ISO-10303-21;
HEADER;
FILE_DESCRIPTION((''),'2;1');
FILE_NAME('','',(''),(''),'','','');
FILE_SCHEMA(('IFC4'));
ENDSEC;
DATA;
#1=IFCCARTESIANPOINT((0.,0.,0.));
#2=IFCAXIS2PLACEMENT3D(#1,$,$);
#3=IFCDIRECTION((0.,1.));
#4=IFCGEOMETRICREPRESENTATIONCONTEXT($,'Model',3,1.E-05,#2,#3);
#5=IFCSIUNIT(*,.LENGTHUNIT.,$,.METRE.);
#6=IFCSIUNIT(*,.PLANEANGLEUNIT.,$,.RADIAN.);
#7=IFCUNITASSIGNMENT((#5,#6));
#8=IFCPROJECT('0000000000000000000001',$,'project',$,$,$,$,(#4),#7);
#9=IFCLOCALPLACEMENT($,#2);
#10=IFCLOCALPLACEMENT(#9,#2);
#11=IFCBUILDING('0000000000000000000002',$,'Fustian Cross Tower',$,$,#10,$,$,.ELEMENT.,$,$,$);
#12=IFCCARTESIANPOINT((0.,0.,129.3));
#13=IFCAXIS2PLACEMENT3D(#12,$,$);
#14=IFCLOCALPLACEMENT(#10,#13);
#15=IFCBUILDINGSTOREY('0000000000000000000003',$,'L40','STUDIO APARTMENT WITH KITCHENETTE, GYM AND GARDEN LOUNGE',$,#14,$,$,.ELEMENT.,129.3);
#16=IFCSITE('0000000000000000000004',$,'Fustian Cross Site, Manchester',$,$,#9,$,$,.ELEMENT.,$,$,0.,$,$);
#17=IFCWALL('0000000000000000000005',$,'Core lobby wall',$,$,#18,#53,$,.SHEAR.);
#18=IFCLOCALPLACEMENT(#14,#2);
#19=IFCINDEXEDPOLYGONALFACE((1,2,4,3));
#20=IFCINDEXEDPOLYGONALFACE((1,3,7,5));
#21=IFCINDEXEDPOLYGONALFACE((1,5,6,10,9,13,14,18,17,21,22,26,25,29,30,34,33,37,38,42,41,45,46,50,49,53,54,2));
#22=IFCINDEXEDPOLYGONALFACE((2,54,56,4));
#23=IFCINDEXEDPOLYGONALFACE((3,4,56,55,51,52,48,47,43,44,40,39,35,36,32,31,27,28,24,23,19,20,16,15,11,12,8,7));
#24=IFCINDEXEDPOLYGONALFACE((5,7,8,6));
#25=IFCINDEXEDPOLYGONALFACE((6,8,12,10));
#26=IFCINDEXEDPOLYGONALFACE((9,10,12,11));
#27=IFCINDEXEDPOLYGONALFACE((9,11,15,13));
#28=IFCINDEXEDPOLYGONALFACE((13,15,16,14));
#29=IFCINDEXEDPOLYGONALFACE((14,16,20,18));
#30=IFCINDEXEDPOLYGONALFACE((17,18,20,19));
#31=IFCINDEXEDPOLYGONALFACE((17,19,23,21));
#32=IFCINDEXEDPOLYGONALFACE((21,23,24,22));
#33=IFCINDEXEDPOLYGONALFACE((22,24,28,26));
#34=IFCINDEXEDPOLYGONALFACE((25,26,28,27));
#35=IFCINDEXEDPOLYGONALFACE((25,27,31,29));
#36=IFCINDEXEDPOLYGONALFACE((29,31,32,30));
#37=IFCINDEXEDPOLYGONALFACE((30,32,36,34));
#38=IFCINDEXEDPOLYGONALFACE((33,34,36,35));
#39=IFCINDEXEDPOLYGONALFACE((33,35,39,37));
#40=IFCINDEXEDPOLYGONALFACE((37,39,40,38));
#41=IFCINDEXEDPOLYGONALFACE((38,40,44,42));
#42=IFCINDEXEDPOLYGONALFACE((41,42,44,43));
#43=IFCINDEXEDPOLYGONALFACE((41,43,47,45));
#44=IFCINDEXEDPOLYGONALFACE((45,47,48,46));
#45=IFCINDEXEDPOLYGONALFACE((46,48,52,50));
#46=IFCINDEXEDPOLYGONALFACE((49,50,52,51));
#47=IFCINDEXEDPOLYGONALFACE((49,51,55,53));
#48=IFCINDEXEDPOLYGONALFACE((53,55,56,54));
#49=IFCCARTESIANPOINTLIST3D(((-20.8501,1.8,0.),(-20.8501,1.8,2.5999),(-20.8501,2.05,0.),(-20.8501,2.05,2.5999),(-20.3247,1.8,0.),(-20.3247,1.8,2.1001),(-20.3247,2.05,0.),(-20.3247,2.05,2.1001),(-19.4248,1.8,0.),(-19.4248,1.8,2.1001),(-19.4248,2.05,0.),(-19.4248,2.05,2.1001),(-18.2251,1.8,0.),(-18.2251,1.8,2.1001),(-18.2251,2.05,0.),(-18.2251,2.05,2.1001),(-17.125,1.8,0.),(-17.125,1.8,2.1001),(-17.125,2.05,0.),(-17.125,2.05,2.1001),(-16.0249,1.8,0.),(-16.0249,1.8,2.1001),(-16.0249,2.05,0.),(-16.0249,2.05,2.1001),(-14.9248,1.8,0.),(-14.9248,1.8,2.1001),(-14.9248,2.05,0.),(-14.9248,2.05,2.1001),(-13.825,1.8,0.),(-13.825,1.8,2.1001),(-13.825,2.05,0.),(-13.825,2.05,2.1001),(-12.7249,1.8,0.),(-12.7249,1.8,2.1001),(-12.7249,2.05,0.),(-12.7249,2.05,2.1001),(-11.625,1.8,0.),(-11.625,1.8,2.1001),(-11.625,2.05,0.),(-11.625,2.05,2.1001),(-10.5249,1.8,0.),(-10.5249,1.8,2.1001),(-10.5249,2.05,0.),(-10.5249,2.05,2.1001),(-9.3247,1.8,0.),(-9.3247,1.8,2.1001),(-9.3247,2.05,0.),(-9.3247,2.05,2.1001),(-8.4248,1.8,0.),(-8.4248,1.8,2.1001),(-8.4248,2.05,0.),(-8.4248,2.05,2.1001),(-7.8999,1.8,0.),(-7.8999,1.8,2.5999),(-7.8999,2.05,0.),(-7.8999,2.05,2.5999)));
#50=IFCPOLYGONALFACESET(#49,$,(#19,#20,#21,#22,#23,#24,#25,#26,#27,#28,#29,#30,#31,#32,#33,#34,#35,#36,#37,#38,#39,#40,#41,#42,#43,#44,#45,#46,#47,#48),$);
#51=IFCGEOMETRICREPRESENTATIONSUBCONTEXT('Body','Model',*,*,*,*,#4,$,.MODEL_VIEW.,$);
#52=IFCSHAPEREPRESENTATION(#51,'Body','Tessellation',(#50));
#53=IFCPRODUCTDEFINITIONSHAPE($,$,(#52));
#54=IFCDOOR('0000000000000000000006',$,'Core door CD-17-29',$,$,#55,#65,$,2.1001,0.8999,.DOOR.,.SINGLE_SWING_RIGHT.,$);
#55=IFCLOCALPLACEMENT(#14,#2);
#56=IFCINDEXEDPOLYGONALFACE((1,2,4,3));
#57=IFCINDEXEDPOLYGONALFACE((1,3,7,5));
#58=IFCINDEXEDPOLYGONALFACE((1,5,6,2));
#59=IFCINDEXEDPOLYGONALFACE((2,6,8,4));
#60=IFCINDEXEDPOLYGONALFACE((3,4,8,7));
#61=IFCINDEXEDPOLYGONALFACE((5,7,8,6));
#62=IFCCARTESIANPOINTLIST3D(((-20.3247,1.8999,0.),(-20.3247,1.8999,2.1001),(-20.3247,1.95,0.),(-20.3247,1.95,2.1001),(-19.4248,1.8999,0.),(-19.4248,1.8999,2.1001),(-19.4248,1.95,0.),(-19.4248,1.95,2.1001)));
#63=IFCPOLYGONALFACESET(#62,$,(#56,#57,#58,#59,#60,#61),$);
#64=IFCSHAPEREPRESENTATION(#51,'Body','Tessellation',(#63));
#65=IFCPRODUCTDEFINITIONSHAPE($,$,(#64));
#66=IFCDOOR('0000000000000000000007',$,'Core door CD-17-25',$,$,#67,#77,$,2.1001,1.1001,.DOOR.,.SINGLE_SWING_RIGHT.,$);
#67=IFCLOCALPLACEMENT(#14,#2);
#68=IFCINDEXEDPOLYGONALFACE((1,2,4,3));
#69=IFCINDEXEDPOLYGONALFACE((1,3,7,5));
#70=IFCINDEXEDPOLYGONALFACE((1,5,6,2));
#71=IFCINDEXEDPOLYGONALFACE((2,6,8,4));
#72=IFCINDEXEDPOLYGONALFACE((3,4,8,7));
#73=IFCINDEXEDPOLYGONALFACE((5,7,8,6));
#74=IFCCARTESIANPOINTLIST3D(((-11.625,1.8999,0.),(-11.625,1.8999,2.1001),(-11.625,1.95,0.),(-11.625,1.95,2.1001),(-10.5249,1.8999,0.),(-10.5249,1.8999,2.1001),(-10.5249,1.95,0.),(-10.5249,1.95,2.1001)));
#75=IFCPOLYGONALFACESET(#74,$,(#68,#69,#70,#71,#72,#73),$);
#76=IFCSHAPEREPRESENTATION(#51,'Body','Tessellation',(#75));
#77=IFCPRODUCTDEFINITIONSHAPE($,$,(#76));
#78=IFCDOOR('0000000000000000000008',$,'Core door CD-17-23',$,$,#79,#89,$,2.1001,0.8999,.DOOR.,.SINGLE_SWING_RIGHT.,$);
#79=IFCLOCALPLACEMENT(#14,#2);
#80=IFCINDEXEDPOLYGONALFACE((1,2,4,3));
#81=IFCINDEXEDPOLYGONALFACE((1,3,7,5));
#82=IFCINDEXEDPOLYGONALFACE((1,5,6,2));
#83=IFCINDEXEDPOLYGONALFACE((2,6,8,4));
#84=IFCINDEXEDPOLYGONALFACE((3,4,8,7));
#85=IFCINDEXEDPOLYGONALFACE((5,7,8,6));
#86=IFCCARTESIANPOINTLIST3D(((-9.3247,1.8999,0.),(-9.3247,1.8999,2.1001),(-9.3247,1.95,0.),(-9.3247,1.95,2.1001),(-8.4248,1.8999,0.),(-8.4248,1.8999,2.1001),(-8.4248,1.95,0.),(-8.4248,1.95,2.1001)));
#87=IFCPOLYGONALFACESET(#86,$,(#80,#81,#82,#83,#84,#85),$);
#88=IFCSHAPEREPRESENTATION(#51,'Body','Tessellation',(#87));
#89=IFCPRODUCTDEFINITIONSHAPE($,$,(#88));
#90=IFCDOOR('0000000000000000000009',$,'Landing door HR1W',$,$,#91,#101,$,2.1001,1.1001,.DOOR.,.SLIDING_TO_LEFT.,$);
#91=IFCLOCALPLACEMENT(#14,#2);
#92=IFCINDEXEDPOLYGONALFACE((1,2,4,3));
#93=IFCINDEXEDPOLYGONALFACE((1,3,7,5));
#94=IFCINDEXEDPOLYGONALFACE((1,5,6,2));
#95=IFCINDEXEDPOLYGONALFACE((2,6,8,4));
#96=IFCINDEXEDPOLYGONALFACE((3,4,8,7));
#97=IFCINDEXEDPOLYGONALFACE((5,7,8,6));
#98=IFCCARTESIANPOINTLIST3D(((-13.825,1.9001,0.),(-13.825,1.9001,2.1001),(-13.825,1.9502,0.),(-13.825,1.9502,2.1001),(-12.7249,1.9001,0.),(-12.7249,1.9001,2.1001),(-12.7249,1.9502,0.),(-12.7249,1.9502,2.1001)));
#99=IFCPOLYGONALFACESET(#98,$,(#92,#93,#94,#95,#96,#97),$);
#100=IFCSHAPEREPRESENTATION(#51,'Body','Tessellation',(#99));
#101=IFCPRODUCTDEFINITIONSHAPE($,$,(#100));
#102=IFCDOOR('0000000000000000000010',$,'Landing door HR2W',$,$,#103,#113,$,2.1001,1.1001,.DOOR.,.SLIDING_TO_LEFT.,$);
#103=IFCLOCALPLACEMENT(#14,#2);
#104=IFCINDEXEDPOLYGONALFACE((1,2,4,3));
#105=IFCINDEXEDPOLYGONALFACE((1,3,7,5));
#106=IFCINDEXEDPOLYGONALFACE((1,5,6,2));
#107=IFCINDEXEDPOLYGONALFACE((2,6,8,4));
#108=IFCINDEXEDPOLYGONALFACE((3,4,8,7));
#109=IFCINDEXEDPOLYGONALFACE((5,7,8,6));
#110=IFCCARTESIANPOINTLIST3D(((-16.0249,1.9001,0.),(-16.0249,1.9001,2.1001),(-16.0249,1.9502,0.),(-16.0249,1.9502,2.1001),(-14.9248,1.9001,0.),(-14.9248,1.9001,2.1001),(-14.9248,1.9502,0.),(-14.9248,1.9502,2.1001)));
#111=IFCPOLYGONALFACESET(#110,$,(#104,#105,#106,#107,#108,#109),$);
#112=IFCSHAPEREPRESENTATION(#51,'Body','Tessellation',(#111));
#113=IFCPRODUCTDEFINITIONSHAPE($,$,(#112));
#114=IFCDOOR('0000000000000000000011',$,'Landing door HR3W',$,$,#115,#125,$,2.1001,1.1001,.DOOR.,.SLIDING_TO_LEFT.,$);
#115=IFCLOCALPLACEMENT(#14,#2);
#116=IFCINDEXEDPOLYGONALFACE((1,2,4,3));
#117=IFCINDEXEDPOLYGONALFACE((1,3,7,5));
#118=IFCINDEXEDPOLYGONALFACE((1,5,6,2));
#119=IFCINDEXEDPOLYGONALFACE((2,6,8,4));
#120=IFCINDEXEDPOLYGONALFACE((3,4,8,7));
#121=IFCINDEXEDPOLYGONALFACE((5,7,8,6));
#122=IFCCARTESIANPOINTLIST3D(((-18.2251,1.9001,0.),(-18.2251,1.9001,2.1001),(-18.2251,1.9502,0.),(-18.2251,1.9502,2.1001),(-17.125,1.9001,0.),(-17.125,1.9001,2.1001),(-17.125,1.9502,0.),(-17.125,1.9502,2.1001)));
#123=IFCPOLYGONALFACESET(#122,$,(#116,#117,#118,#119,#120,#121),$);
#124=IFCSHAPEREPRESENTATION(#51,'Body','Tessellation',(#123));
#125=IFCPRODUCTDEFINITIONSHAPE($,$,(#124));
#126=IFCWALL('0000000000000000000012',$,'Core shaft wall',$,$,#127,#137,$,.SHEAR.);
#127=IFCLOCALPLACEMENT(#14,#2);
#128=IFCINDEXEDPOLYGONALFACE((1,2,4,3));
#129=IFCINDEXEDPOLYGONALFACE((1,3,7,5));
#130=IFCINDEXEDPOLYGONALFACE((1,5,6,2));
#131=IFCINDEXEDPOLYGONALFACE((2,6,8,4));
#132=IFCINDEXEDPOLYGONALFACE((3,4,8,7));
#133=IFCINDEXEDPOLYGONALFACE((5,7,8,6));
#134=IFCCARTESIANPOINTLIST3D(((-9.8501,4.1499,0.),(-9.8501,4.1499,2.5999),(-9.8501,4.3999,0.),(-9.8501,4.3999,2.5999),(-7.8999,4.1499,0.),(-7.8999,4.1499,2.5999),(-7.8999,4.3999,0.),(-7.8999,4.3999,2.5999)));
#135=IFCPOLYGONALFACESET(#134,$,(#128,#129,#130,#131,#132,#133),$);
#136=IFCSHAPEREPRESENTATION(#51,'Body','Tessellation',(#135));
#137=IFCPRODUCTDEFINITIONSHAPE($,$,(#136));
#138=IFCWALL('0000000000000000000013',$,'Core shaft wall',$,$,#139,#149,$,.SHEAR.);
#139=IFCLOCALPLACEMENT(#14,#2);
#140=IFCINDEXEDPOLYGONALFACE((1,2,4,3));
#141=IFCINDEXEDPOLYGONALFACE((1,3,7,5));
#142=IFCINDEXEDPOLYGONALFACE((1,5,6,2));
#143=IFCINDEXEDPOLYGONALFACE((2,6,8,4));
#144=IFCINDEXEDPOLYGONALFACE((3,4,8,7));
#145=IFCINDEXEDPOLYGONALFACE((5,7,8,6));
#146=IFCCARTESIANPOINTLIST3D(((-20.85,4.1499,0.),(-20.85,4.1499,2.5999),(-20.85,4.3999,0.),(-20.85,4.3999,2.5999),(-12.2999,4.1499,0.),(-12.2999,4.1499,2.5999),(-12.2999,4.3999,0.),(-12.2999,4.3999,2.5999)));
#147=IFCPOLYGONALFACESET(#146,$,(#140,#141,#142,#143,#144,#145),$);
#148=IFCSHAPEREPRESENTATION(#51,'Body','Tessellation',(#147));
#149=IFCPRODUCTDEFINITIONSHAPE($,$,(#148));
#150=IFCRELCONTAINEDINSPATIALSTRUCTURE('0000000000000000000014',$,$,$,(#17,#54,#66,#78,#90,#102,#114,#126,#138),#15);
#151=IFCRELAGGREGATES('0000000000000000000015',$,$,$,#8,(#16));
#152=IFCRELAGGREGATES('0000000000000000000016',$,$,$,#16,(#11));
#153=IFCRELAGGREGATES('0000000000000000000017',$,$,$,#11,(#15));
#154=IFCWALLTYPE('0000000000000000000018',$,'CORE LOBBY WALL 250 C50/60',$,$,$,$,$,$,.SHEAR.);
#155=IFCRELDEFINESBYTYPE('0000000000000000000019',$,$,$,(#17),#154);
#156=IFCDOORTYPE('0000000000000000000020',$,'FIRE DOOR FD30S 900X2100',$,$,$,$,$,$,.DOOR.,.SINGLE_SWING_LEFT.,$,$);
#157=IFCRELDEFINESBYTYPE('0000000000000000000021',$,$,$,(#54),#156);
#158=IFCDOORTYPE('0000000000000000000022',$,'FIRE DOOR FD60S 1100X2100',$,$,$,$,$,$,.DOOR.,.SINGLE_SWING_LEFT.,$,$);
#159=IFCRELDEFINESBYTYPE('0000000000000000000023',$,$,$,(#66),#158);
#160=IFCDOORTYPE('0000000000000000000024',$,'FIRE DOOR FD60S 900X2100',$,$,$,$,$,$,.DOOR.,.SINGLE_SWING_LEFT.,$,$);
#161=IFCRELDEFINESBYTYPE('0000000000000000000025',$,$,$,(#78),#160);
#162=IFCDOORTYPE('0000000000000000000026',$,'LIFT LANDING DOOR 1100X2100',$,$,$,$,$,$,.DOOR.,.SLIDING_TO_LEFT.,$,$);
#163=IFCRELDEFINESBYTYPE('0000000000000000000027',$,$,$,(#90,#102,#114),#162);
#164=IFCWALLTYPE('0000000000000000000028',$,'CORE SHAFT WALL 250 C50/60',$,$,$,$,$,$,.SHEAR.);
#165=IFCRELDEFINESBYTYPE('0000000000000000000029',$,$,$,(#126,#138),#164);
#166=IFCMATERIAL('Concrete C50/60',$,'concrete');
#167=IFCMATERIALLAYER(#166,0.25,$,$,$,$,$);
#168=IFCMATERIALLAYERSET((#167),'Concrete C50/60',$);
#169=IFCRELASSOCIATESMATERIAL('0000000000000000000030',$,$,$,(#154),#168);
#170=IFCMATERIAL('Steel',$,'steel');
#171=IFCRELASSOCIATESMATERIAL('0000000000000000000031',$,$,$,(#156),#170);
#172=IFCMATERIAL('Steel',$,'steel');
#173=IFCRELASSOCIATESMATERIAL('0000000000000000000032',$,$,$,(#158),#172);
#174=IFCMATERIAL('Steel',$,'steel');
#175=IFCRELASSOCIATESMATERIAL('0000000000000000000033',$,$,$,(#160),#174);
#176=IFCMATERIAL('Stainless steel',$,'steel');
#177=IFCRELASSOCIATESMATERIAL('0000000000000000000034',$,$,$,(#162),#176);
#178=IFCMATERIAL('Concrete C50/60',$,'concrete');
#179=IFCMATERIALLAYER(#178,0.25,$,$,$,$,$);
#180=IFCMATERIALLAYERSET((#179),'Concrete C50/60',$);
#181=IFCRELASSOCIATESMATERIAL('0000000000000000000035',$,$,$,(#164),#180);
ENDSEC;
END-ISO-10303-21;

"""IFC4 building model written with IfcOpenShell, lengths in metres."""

from ifc_helpers import new_model, si_unit, direction, frame, frame_2d, origin, place, context, subcontext, project, spatial, rectangle, extrude, material, layer, layer_set, type_object, element, fill, save


model = new_model("IFC4")

# Units and contexts
model_context = context("Model", 3, precision=1e-05, world=origin(), true_north=direction((0.0, 1.0)))
body_context = subcontext(model_context, "Body", "Model", "MODEL_VIEW")
ifc_project = project(units=[si_unit("LENGTHUNIT", "METRE"), si_unit("PLANEANGLEUNIT", "RADIAN")], contexts=[model_context])

# Site, building, storey
site_placement = place(None, origin())
site = spatial("IfcSite", under=ifc_project, at=site_placement, Name="Fustian Cross Site, Manchester", CompositionType="ELEMENT", RefElevation=0.0)
building_placement = place(site_placement, origin())
building = spatial("IfcBuilding", under=site, at=building_placement, Name="Fustian Cross Tower", CompositionType="ELEMENT")
storey_placement = place(building_placement, frame((0.0, 0.0, 129.3)))
storey = spatial("IfcBuildingStorey", under=building, at=storey_placement, Name="L40", Description="STUDIO APARTMENT WITH KITCHENETTE, GYM AND GARDEN LOUNGE", CompositionType="ELEMENT", Elevation=129.3)

# Wall, openings, doors
ifc_material_1 = material(Name="Concrete C50/60", Category="concrete")
ifc_layer_1 = layer(ifc_material_1, 0.25)
ifc_layer_set_1 = layer_set([ifc_layer_1], Name="Concrete C50/60")
wall_type_1 = type_object("IfcWallType", Name="CORE LOBBY WALL 250 C50/60", PredefinedType="SHEAR", material=ifc_layer_set_1)
wall_1_placement = place(storey_placement, frame((-7.8999, 1.925, 0.0), z_axis=(0.0, 0.0, 1.0), x_axis=(-1.0, 0.0, 0.0)))
wall_1 = element("IfcWall", 1, at=wall_1_placement, inside=storey, type_object=wall_type_1, Name="Core lobby wall", PredefinedType="SHEAR", context=body_context, shape_type="SweptSolid", body=[
    extrude(rectangle(XDim=12.9502, YDim=0.25, at=frame_2d((6.4751, 0.0))), origin(), (0.0, 0.0, 1.0), 2.5999),
])
opening_1_placement = place(wall_1_placement, frame((4.825, 0.0, 0.0)))
opening_1 = element("IfcOpeningElement", 2, at=opening_1_placement, cuts=wall_1, PredefinedType="OPENING", context=body_context, shape_type="SweptSolid", body=[
    extrude(rectangle(XDim=1.1001, YDim=2.1001, at=frame_2d((0.55, 1.05))), frame((0.0, 0.135, 0.0), z_axis=(0.0, -1.0, 0.0), x_axis=(1.0, 0.0, 0.0)), (0.0, 0.0, 1.0), 0.27),
])
opening_2_placement = place(wall_1_placement, frame((7.0249, 0.0, 0.0)))
opening_2 = element("IfcOpeningElement", 3, at=opening_2_placement, cuts=wall_1, PredefinedType="OPENING", context=body_context, shape_type="SweptSolid", body=[
    extrude(rectangle(XDim=1.1001, YDim=2.1001, at=frame_2d((0.55, 1.05))), frame((0.0, 0.135, 0.0), z_axis=(0.0, -1.0, 0.0), x_axis=(1.0, 0.0, 0.0)), (0.0, 0.0, 1.0), 0.27),
])
opening_3_placement = place(wall_1_placement, frame((9.2251, 0.0, 0.0)))
opening_3 = element("IfcOpeningElement", 4, at=opening_3_placement, cuts=wall_1, PredefinedType="OPENING", context=body_context, shape_type="SweptSolid", body=[
    extrude(rectangle(XDim=1.1001, YDim=2.1001, at=frame_2d((0.55, 1.05))), frame((0.0, 0.135, 0.0), z_axis=(0.0, -1.0, 0.0), x_axis=(1.0, 0.0, 0.0)), (0.0, 0.0, 1.0), 0.27),
])
opening_4_placement = place(wall_1_placement, frame((0.5249, 0.0, 0.0)))
opening_4 = element("IfcOpeningElement", 5, at=opening_4_placement, cuts=wall_1, PredefinedType="OPENING", context=body_context, shape_type="SweptSolid", body=[
    extrude(rectangle(XDim=0.8999, YDim=2.1001, at=frame_2d((0.45, 1.05))), frame((0.0, 0.135, 0.0), z_axis=(0.0, -1.0, 0.0), x_axis=(1.0, 0.0, 0.0)), (0.0, 0.0, 1.0), 0.27),
])
opening_5_placement = place(wall_1_placement, frame((2.625, 0.0, 0.0)))
opening_5 = element("IfcOpeningElement", 6, at=opening_5_placement, cuts=wall_1, PredefinedType="OPENING", context=body_context, shape_type="SweptSolid", body=[
    extrude(rectangle(XDim=1.1001, YDim=2.1001, at=frame_2d((0.55, 1.05))), frame((0.0, 0.135, 0.0), z_axis=(0.0, -1.0, 0.0), x_axis=(1.0, 0.0, 0.0)), (0.0, 0.0, 1.0), 0.27),
])
opening_6_placement = place(wall_1_placement, frame((11.5249, 0.0, 0.0)))
opening_6 = element("IfcOpeningElement", 7, at=opening_6_placement, cuts=wall_1, PredefinedType="OPENING", context=body_context, shape_type="SweptSolid", body=[
    extrude(rectangle(XDim=0.8999, YDim=2.1001, at=frame_2d((0.45, 1.05))), frame((0.0, 0.135, 0.0), z_axis=(0.0, -1.0, 0.0), x_axis=(1.0, 0.0, 0.0)), (0.0, 0.0, 1.0), 0.27),
])
ifc_material_2 = material(Name="Steel", Category="steel")
door_type_1 = type_object("IfcDoorType", Name="FIRE DOOR FD30S 900X2100", OperationType="SINGLE_SWING_LEFT", PredefinedType="DOOR", material=ifc_material_2)
door_1_placement = place(opening_6_placement, frame((0.8999, 0.0, 0.0), z_axis=(0.0, 0.0, 1.0), x_axis=(-1.0, 0.0, 0.0)))
door_1 = element("IfcDoor", 8, at=door_1_placement, inside=storey, type_object=door_type_1, Name="Core door CD-17-29", OperationType="SINGLE_SWING_RIGHT", OverallHeight=2.1001, OverallWidth=0.8999, PredefinedType="DOOR", context=body_context, shape_type="SweptSolid", body=[
    extrude(rectangle(XDim=0.8999, YDim=2.1001, at=frame_2d((0.45, 1.05))), frame((0.0, 0.0249, 0.0), z_axis=(0.0, -1.0, 0.0), x_axis=(1.0, 0.0, 0.0)), (0.0, 0.0, 1.0), 0.05),
])
fill(opening_6, door_1)
ifc_material_3 = material(Name="Steel", Category="steel")
door_type_2 = type_object("IfcDoorType", Name="FIRE DOOR FD60S 1100X2100", OperationType="SINGLE_SWING_LEFT", PredefinedType="DOOR", material=ifc_material_3)
door_2_placement = place(opening_5_placement, frame((1.1001, 0.0, 0.0), z_axis=(0.0, 0.0, 1.0), x_axis=(-1.0, 0.0, 0.0)))
door_2 = element("IfcDoor", 9, at=door_2_placement, inside=storey, type_object=door_type_2, Name="Core door CD-17-25", OperationType="SINGLE_SWING_RIGHT", OverallHeight=2.1001, OverallWidth=1.1001, PredefinedType="DOOR", context=body_context, shape_type="SweptSolid", body=[
    extrude(rectangle(XDim=1.1001, YDim=2.1001, at=frame_2d((0.55, 1.05))), frame((0.0, 0.0249, 0.0), z_axis=(0.0, -1.0, 0.0), x_axis=(1.0, 0.0, 0.0)), (0.0, 0.0, 1.0), 0.05),
])
fill(opening_5, door_2)
ifc_material_4 = material(Name="Steel", Category="steel")
door_type_3 = type_object("IfcDoorType", Name="FIRE DOOR FD60S 900X2100", OperationType="SINGLE_SWING_LEFT", PredefinedType="DOOR", material=ifc_material_4)
door_3_placement = place(opening_4_placement, frame((0.8999, 0.0, 0.0), z_axis=(0.0, 0.0, 1.0), x_axis=(-1.0, 0.0, 0.0)))
door_3 = element("IfcDoor", 10, at=door_3_placement, inside=storey, type_object=door_type_3, Name="Core door CD-17-23", OperationType="SINGLE_SWING_RIGHT", OverallHeight=2.1001, OverallWidth=0.8999, PredefinedType="DOOR", context=body_context, shape_type="SweptSolid", body=[
    extrude(rectangle(XDim=0.8999, YDim=2.1001, at=frame_2d((0.45, 1.05))), frame((0.0, 0.0249, 0.0), z_axis=(0.0, -1.0, 0.0), x_axis=(1.0, 0.0, 0.0)), (0.0, 0.0, 1.0), 0.05),
])
fill(opening_4, door_3)
ifc_material_5 = material(Name="Stainless steel", Category="steel")
door_type_4 = type_object("IfcDoorType", Name="LIFT LANDING DOOR 1100X2100", OperationType="SLIDING_TO_LEFT", PredefinedType="DOOR", material=ifc_material_5)
door_4_placement = place(opening_1_placement, origin())
door_4 = element("IfcDoor", 11, at=door_4_placement, inside=storey, type_object=door_type_4, Name="Landing door HR1W", OperationType="SLIDING_TO_LEFT", OverallHeight=2.1001, OverallWidth=1.1001, PredefinedType="DOOR", context=body_context, shape_type="SweptSolid", body=[
    extrude(rectangle(XDim=1.1001, YDim=2.1001, at=frame_2d((0.55, 1.05))), frame((0.0, 0.0249, 0.0), z_axis=(0.0, -1.0, 0.0), x_axis=(1.0, 0.0, 0.0)), (0.0, 0.0, 1.0), 0.05),
])
fill(opening_1, door_4)
door_5_placement = place(opening_2_placement, origin())
door_5 = element("IfcDoor", 12, at=door_5_placement, inside=storey, type_object=door_type_4, Name="Landing door HR2W", OperationType="SLIDING_TO_LEFT", OverallHeight=2.1001, OverallWidth=1.1001, PredefinedType="DOOR", context=body_context, shape_type="SweptSolid", body=[
    extrude(rectangle(XDim=1.1001, YDim=2.1001, at=frame_2d((0.55, 1.05))), frame((0.0, 0.0249, 0.0), z_axis=(0.0, -1.0, 0.0), x_axis=(1.0, 0.0, 0.0)), (0.0, 0.0, 1.0), 0.05),
])
fill(opening_2, door_5)
door_6_placement = place(opening_3_placement, origin())
door_6 = element("IfcDoor", 13, at=door_6_placement, inside=storey, type_object=door_type_4, Name="Landing door HR3W", OperationType="SLIDING_TO_LEFT", OverallHeight=2.1001, OverallWidth=1.1001, PredefinedType="DOOR", context=body_context, shape_type="SweptSolid", body=[
    extrude(rectangle(XDim=1.1001, YDim=2.1001, at=frame_2d((0.55, 1.05))), frame((0.0, 0.0249, 0.0), z_axis=(0.0, -1.0, 0.0), x_axis=(1.0, 0.0, 0.0)), (0.0, 0.0, 1.0), 0.05),
])
fill(opening_3, door_6)

# Walls
ifc_material_6 = material(Name="Concrete C50/60", Category="concrete")
ifc_layer_2 = layer(ifc_material_6, 0.25)
ifc_layer_set_2 = layer_set([ifc_layer_2], Name="Concrete C50/60")
wall_type_2 = type_object("IfcWallType", Name="CORE SHAFT WALL 250 C50/60", PredefinedType="SHEAR", material=ifc_layer_set_2)
wall_2_placement = place(storey_placement, frame((-7.8999, 4.2749, 0.0), z_axis=(0.0, 0.0, 1.0), x_axis=(-1.0, 0.0, 0.0)))
element("IfcWall", 14, at=wall_2_placement, inside=storey, type_object=wall_type_2, Name="Core shaft wall", PredefinedType="SHEAR", context=body_context, shape_type="SweptSolid", body=[
    extrude(rectangle(XDim=1.9502, YDim=0.25, at=frame_2d((0.9751, 0.0))), origin(), (0.0, 0.0, 1.0), 2.5999),
])
wall_3_placement = place(storey_placement, frame((-12.3, 4.2749, 0.0), z_axis=(0.0, 0.0, 1.0), x_axis=(-1.0, 0.0, 0.0)))
element("IfcWall", 15, at=wall_3_placement, inside=storey, type_object=wall_type_2, Name="Core shaft wall", PredefinedType="SHEAR", context=body_context, shape_type="SweptSolid", body=[
    extrude(rectangle(XDim=8.55, YDim=0.25, at=frame_2d((4.2749, 0.0))), origin(), (0.0, 0.0, 1.0), 2.5999),
])

save(model, "model.ifc")
